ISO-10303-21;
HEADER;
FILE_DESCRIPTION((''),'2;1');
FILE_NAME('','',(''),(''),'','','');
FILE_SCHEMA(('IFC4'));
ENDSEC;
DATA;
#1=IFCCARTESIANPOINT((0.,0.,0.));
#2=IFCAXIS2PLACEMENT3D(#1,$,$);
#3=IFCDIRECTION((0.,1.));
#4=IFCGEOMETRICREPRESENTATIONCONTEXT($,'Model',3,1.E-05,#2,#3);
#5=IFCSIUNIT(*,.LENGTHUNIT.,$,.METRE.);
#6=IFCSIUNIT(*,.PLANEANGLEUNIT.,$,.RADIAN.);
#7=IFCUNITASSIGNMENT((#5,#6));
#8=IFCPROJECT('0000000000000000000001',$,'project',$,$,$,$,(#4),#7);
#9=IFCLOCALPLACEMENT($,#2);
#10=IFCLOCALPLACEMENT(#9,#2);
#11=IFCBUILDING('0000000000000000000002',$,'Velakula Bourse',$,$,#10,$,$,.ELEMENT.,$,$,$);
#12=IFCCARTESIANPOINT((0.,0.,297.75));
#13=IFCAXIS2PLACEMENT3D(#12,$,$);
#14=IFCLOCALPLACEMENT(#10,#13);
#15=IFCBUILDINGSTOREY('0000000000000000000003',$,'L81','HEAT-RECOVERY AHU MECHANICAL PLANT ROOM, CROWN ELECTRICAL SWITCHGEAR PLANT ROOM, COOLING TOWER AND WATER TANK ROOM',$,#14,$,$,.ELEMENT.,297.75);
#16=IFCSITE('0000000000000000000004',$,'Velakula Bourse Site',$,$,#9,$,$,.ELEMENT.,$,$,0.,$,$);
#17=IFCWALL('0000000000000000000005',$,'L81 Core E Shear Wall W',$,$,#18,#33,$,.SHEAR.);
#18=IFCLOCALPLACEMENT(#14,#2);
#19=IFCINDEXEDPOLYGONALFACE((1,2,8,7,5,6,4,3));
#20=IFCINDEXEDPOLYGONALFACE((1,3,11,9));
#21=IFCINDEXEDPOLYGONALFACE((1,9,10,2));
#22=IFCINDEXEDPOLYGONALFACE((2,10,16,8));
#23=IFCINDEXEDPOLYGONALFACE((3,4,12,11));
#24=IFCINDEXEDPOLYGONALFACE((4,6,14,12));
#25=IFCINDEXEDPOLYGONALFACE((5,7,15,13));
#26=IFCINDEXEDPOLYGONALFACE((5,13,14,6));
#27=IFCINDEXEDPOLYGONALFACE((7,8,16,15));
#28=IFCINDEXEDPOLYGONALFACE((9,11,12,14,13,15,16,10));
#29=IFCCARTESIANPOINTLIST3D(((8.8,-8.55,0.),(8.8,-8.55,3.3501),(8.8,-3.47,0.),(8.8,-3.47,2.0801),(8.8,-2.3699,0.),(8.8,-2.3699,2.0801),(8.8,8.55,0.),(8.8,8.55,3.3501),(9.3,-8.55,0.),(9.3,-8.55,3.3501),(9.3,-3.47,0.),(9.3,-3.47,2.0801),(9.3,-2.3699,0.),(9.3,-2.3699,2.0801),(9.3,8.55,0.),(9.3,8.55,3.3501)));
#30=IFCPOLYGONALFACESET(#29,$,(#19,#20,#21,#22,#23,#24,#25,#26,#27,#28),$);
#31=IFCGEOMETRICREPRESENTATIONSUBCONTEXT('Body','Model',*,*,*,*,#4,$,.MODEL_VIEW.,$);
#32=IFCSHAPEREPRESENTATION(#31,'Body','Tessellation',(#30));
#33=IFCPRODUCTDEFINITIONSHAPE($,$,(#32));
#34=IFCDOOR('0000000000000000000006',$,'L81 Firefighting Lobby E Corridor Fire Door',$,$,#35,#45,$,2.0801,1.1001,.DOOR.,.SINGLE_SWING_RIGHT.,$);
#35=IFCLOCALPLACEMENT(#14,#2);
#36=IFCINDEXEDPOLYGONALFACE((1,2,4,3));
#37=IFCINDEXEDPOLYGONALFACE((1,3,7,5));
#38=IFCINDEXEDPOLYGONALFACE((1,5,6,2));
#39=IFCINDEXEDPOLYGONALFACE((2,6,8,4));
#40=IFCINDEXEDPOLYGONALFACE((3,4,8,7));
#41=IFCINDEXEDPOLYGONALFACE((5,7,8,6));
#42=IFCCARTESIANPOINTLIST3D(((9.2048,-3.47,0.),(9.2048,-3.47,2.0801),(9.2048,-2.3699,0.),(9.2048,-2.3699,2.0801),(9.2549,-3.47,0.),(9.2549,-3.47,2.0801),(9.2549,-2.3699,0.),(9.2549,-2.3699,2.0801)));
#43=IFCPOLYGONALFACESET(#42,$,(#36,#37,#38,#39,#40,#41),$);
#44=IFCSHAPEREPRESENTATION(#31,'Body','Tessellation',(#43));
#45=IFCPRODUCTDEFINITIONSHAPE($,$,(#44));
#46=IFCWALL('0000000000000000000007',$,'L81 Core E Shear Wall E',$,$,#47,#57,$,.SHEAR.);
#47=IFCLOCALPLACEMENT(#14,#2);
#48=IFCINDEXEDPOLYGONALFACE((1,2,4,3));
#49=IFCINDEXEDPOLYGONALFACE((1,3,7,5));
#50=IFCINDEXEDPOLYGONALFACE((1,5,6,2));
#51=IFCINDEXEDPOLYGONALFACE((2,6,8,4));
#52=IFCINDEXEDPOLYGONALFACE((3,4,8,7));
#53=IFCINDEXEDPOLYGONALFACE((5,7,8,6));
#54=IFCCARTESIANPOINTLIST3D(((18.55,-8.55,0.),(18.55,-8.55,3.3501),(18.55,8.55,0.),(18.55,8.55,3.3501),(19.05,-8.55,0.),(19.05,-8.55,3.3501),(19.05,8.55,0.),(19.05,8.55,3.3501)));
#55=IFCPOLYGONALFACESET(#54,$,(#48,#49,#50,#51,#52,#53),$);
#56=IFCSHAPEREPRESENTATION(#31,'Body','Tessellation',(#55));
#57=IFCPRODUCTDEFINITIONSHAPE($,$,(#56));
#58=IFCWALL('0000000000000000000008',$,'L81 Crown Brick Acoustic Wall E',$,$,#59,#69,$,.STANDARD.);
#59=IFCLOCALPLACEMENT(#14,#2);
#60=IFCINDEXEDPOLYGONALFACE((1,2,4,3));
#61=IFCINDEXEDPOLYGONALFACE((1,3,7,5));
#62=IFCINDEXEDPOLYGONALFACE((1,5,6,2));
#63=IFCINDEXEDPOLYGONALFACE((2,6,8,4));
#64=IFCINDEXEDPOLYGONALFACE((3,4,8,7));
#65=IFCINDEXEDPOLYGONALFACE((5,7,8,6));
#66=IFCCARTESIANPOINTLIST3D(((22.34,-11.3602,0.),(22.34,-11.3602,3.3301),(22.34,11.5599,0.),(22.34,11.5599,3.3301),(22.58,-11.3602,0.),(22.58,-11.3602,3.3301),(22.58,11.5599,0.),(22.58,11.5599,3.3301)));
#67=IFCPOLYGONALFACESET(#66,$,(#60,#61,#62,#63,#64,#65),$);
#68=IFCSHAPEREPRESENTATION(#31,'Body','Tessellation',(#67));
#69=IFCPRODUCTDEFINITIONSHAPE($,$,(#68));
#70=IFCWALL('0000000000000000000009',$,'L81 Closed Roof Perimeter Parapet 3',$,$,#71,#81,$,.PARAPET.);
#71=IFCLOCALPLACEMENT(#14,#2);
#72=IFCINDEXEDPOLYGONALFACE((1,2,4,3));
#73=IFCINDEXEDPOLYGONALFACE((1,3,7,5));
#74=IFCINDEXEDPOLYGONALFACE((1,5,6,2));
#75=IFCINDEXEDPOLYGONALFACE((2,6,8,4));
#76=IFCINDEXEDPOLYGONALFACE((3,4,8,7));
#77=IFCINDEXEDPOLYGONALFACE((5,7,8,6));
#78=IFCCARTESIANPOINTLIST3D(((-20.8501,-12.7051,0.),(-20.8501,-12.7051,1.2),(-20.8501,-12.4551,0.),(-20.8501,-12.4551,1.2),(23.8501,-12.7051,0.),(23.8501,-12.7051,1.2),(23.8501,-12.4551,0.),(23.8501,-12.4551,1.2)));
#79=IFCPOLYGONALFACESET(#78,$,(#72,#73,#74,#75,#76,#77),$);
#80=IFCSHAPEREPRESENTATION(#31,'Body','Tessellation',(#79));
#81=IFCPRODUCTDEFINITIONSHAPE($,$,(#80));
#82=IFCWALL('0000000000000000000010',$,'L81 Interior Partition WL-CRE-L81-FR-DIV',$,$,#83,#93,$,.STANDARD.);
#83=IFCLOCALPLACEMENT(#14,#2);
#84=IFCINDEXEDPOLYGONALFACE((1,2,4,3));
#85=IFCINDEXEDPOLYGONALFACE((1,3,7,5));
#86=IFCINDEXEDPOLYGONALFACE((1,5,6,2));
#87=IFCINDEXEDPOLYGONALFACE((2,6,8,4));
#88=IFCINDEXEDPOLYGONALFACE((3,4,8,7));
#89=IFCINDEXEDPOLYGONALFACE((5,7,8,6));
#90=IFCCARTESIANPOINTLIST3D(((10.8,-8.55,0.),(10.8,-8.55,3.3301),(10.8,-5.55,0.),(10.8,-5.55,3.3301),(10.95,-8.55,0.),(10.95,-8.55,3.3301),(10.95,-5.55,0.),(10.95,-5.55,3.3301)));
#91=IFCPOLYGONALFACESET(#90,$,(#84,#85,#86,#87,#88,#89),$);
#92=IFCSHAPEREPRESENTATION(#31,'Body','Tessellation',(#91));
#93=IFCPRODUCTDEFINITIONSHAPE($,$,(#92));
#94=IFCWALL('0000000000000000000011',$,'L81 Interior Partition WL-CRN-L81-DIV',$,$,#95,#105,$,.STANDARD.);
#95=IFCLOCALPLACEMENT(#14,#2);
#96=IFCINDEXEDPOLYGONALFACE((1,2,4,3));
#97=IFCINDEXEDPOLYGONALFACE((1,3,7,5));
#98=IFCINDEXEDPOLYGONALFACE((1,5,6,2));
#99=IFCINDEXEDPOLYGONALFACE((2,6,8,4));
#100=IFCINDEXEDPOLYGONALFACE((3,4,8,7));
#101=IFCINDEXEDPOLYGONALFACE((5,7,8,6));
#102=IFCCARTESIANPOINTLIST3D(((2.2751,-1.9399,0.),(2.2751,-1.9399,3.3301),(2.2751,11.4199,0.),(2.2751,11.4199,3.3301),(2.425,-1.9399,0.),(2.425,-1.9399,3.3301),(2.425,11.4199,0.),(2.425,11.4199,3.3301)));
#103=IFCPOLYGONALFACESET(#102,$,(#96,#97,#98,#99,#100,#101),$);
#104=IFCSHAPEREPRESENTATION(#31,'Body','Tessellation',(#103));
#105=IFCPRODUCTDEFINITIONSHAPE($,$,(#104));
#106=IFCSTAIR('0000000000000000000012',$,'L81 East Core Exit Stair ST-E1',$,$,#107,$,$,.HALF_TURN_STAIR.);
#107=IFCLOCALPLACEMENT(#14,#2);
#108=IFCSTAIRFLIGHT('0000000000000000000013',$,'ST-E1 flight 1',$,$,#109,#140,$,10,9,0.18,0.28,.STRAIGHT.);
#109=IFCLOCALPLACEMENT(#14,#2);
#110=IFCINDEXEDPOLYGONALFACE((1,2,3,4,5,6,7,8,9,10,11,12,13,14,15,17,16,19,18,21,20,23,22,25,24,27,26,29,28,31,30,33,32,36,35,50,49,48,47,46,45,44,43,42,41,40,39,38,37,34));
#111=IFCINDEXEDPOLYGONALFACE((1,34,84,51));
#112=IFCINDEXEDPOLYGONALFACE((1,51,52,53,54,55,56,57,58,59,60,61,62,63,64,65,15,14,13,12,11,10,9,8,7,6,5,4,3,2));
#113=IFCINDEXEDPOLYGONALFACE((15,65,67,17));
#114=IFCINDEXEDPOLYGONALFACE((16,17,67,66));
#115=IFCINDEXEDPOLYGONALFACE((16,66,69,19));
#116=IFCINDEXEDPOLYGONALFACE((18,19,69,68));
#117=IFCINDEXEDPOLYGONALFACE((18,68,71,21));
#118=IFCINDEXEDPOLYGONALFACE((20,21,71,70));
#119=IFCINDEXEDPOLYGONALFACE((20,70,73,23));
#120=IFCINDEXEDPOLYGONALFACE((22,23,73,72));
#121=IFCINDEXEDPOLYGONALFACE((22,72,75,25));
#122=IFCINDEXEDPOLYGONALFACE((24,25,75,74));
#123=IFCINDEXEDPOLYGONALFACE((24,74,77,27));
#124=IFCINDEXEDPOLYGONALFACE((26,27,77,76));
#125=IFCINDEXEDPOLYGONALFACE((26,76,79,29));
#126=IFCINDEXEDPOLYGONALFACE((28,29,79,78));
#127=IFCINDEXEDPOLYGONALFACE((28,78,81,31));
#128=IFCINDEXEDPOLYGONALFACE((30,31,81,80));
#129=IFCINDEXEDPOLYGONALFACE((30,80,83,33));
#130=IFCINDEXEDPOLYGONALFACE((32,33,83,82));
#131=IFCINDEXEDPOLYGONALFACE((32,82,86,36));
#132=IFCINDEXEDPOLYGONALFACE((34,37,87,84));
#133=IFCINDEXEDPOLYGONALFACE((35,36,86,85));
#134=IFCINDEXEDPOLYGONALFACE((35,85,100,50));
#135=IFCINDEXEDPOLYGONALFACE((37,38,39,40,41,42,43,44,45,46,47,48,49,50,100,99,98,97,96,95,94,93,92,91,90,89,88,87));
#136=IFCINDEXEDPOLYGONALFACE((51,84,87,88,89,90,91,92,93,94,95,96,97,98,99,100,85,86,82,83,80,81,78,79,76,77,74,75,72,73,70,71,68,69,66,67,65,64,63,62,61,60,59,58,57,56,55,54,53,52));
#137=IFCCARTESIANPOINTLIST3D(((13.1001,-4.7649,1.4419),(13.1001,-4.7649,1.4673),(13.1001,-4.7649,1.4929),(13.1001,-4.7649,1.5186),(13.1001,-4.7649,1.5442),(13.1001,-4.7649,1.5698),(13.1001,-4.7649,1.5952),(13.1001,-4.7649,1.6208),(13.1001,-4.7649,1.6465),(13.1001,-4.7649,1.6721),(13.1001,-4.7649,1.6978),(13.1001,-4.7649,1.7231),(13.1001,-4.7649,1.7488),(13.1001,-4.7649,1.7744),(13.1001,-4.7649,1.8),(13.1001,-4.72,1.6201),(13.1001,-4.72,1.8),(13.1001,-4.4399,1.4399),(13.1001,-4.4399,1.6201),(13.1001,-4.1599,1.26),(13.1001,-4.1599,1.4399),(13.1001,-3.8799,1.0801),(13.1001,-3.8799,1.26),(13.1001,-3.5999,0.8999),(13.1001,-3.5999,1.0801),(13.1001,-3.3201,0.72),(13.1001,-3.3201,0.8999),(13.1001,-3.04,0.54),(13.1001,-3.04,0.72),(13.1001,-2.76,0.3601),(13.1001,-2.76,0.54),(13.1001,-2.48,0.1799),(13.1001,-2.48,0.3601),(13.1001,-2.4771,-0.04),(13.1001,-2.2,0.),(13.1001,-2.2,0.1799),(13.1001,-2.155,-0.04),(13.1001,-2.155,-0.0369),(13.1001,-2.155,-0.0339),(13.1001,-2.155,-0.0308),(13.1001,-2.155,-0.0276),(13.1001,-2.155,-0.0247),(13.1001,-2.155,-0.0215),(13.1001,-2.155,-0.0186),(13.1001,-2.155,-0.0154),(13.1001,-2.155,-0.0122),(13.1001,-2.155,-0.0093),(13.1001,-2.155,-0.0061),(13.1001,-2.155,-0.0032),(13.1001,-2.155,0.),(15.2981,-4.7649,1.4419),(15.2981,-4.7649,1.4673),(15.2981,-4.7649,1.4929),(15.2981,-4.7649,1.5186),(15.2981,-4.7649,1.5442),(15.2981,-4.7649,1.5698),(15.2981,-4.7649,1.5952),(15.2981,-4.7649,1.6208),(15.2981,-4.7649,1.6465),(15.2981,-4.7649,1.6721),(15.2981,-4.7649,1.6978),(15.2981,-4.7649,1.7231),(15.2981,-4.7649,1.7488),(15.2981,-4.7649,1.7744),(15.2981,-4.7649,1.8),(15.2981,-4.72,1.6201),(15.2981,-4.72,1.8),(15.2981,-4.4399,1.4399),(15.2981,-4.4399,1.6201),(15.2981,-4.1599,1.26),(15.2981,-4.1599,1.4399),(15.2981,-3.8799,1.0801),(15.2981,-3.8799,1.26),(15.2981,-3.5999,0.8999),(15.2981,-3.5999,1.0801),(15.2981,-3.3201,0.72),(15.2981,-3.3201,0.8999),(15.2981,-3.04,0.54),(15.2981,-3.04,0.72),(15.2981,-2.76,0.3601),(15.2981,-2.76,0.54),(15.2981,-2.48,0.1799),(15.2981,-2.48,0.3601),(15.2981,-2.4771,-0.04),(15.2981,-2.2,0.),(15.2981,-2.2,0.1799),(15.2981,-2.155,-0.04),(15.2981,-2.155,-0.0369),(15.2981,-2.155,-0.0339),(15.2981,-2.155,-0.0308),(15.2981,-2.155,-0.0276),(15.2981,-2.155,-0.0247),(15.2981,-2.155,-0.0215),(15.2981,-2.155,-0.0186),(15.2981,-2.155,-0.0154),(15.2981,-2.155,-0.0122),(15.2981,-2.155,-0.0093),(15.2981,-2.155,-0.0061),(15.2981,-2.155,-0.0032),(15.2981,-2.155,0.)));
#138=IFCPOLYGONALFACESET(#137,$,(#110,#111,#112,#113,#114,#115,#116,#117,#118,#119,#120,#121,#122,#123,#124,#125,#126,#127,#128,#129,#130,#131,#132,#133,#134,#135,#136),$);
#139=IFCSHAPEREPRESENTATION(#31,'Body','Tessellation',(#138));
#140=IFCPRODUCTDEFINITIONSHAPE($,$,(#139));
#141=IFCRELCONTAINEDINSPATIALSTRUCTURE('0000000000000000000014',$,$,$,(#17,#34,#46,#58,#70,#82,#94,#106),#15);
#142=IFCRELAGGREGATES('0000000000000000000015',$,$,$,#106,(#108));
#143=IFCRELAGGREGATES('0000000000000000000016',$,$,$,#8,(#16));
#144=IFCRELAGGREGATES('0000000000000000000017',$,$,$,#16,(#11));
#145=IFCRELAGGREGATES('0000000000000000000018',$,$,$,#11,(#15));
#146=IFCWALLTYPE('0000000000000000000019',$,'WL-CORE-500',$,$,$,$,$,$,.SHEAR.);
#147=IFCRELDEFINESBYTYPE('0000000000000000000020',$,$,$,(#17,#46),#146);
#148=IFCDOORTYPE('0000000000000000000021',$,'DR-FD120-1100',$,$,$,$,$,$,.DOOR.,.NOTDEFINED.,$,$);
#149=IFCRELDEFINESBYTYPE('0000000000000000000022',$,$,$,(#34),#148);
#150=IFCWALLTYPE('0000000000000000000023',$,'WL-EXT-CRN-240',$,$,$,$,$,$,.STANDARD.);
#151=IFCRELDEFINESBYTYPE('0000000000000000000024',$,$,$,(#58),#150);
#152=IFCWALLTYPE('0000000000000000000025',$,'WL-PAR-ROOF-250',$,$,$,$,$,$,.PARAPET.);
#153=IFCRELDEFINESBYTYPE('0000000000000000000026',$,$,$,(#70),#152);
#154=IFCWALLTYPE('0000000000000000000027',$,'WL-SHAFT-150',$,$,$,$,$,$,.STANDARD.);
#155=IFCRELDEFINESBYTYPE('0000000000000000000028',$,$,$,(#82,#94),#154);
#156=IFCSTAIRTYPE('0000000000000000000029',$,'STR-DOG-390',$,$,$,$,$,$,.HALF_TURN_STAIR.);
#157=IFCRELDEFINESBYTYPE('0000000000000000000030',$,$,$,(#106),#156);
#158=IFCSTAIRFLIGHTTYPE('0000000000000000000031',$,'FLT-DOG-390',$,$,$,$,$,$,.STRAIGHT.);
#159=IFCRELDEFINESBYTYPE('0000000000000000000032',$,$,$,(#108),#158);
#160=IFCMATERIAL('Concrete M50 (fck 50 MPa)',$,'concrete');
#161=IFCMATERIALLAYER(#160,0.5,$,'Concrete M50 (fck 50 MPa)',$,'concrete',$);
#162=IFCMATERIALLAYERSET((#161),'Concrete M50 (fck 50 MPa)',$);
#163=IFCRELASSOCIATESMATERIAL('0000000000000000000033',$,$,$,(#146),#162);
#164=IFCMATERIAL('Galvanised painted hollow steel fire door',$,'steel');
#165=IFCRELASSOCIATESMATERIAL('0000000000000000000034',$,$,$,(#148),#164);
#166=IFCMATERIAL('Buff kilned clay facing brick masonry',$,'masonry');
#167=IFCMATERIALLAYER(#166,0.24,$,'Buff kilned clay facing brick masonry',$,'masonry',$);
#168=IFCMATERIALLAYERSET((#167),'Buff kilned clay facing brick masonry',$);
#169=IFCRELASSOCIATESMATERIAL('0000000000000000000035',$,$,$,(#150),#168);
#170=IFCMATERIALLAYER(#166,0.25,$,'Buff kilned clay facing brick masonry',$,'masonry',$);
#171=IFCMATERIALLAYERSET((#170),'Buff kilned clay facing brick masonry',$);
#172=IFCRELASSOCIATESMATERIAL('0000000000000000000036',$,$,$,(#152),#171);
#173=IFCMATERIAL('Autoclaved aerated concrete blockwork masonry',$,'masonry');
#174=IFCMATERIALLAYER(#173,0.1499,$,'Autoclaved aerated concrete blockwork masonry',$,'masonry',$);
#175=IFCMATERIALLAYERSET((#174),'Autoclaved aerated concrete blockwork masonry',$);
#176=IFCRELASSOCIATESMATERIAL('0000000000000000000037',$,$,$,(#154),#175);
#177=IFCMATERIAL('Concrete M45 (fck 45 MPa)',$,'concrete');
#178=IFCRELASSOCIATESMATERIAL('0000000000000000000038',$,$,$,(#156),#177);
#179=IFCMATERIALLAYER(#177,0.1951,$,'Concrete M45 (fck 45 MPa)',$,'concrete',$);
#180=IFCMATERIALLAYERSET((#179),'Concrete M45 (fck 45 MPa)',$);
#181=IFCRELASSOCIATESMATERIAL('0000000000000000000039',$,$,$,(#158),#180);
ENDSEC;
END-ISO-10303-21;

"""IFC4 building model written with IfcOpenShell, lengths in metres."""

from ifc_helpers import new_model, si_unit, direction, frame, frame_2d, origin, place, context, subcontext, project, spatial, polyline, rectangle, outline, extrude, material, layer, layer_set, type_object, element, fill, aggregate, save


model = new_model("IFC4")

# Units and contexts
model_context = context("Model", 3, precision=1e-05, world=origin(), true_north=direction((0.0, 1.0)))
body_context = subcontext(model_context, "Body", "Model", "MODEL_VIEW")
ifc_project = project(units=[si_unit("LENGTHUNIT", "METRE"), si_unit("PLANEANGLEUNIT", "RADIAN")], contexts=[model_context])

# Site, building, storey
site_placement = place(None, origin())
site = spatial("IfcSite", under=ifc_project, at=site_placement, Name="Velakula Bourse Site", CompositionType="ELEMENT", RefElevation=0.0)
building_placement = place(site_placement, origin())
building = spatial("IfcBuilding", under=site, at=building_placement, Name="Velakula Bourse", CompositionType="ELEMENT")
storey_placement = place(building_placement, frame((0.0, 0.0, 297.75)))
storey = spatial("IfcBuildingStorey", under=building, at=storey_placement, Name="L81", Description="HEAT-RECOVERY AHU MECHANICAL PLANT ROOM, CROWN ELECTRICAL SWITCHGEAR PLANT ROOM, COOLING TOWER AND WATER TANK ROOM", CompositionType="ELEMENT", Elevation=297.75)

# Shared definitions
ifc_material_1 = material(Name="Concrete M50 (fck 50 MPa)", Category="concrete")

# Shared definitions
ifc_material_2 = material(Name="Galvanised painted hollow steel fire door", Category="steel")

# Shared definitions
ifc_layer_1 = layer(ifc_material_1, 0.5, Name="Concrete M50 (fck 50 MPa)", Category="concrete")
ifc_layer_set_1 = layer_set([ifc_layer_1], Name="Concrete M50 (fck 50 MPa)")
wall_type_1 = type_object("IfcWallType", Name="WL-CORE-500", PredefinedType="SHEAR", material=ifc_layer_set_1)

# Wall, opening, door
wall_1_placement = place(storey_placement, frame((9.05, -8.55, 0.0), z_axis=(0.0, 0.0, 1.0), x_axis=(0.0, 1.0, 0.0)))
wall_1 = element("IfcWall", 1, at=wall_1_placement, inside=storey, type_object=wall_type_1, Name="L81 Core E Shear Wall W", PredefinedType="SHEAR", context=body_context, shape_type="SweptSolid", body=[
    extrude(rectangle(XDim=17.1001, YDim=0.5, at=frame_2d((8.55, 0.0))), origin(), (0.0, 0.0, 1.0), 3.3501),
])
opening_1_placement = place(wall_1_placement, frame((5.0801, 0.0, 0.0)))
opening_1 = element("IfcOpeningElement", 2, at=opening_1_placement, cuts=wall_1, PredefinedType="OPENING", context=body_context, shape_type="SweptSolid", body=[
    extrude(rectangle(XDim=1.1001, YDim=2.0801, at=frame_2d((0.55, 1.04))), frame((0.0, 0.26, 0.0), z_axis=(0.0, -1.0, 0.0), x_axis=(1.0, 0.0, 0.0)), (0.0, 0.0, 1.0), 0.52),
])
door_type_1 = type_object("IfcDoorType", Name="DR-FD120-1100", OperationType="NOTDEFINED", PredefinedType="DOOR", material=ifc_material_2)
door_1_placement = place(opening_1_placement, origin())
door_1 = element("IfcDoor", 3, at=door_1_placement, inside=storey, type_object=door_type_1, Name="L81 Firefighting Lobby E Corridor Fire Door", OperationType="SINGLE_SWING_RIGHT", OverallHeight=2.0801, OverallWidth=1.1001, PredefinedType="DOOR", context=body_context, shape_type="SweptSolid", body=[
    extrude(rectangle(XDim=1.1001, YDim=2.0801, at=frame_2d((0.55, 1.04))), frame((0.0, -0.1548, 0.0), z_axis=(0.0, -1.0, 0.0), x_axis=(1.0, 0.0, 0.0)), (0.0, 0.0, 1.0), 0.05),
])
fill(opening_1, door_1)

# Walls
wall_2_placement = place(storey_placement, frame((18.8, -8.55, 0.0), z_axis=(0.0, 0.0, 1.0), x_axis=(0.0, 1.0, 0.0)))
element("IfcWall", 4, at=wall_2_placement, inside=storey, type_object=wall_type_1, Name="L81 Core E Shear Wall E", PredefinedType="SHEAR", context=body_context, shape_type="SweptSolid", body=[
    extrude(rectangle(XDim=17.1001, YDim=0.5, at=frame_2d((8.55, 0.0))), origin(), (0.0, 0.0, 1.0), 3.3501),
])
ifc_material_3 = material(Name="Buff kilned clay facing brick masonry", Category="masonry")
ifc_layer_2 = layer(ifc_material_3, 0.24, Name="Buff kilned clay facing brick masonry", Category="masonry")
ifc_layer_set_2 = layer_set([ifc_layer_2], Name="Buff kilned clay facing brick masonry")
wall_type_2 = type_object("IfcWallType", Name="WL-EXT-CRN-240", PredefinedType="STANDARD", material=ifc_layer_set_2)
wall_3_placement = place(storey_placement, frame((22.46, -11.3601, 0.0), z_axis=(0.0, 0.0, 1.0), x_axis=(0.0, 1.0, 0.0)))
element("IfcWall", 5, at=wall_3_placement, inside=storey, type_object=wall_type_2, Name="L81 Crown Brick Acoustic Wall E", PredefinedType="STANDARD", context=body_context, shape_type="SweptSolid", body=[
    extrude(rectangle(XDim=22.9202, YDim=0.24, at=frame_2d((11.46, 0.0))), origin(), (0.0, 0.0, 1.0), 3.3301),
])
ifc_layer_3 = layer(ifc_material_3, 0.25, Name="Buff kilned clay facing brick masonry", Category="masonry")
ifc_layer_set_3 = layer_set([ifc_layer_3], Name="Buff kilned clay facing brick masonry")
wall_type_3 = type_object("IfcWallType", Name="WL-PAR-ROOF-250", PredefinedType="PARAPET", material=ifc_layer_set_3)
wall_4_placement = place(storey_placement, frame((23.8501, -12.5801, 0.0), z_axis=(0.0, 0.0, 1.0), x_axis=(-1.0, 0.0, 0.0)))
element("IfcWall", 6, at=wall_4_placement, inside=storey, type_object=wall_type_3, Name="L81 Closed Roof Perimeter Parapet 3", PredefinedType="PARAPET", context=body_context, shape_type="SweptSolid", body=[
    extrude(rectangle(XDim=44.7002, YDim=0.25, at=frame_2d((22.3501, 0.0))), origin(), (0.0, 0.0, 1.0), 1.2),
])

# Shared definitions
ifc_material_4 = material(Name="Autoclaved aerated concrete blockwork masonry", Category="masonry")
ifc_layer_4 = layer(ifc_material_4, 0.1499, Name="Autoclaved aerated concrete blockwork masonry", Category="masonry")
ifc_layer_set_4 = layer_set([ifc_layer_4], Name="Autoclaved aerated concrete blockwork masonry")
wall_type_4 = type_object("IfcWallType", Name="WL-SHAFT-150", PredefinedType="STANDARD", material=ifc_layer_set_4)

# Walls
wall_5_placement = place(storey_placement, frame((10.875, -8.55, 0.0), z_axis=(0.0, 0.0, 1.0), x_axis=(0.0, 1.0, 0.0)))
element("IfcWall", 7, at=wall_5_placement, inside=storey, type_object=wall_type_4, Name="L81 Interior Partition WL-CRE-L81-FR-DIV", PredefinedType="STANDARD", context=body_context, shape_type="SweptSolid", body=[
    extrude(rectangle(XDim=3.0, YDim=0.1499, at=frame_2d((1.5, 0.0))), origin(), (0.0, 0.0, 1.0), 3.3301),
])
wall_6_placement = place(storey_placement, frame((2.3501, -1.9399, 0.0), z_axis=(0.0, 0.0, 1.0), x_axis=(0.0, 1.0, 0.0)))
element("IfcWall", 8, at=wall_6_placement, inside=storey, type_object=wall_type_4, Name="L81 Interior Partition WL-CRN-L81-DIV", PredefinedType="STANDARD", context=body_context, shape_type="SweptSolid", body=[
    extrude(rectangle(XDim=13.3599, YDim=0.1499, at=frame_2d((6.6799, 0.0))), origin(), (0.0, 0.0, 1.0), 3.3301),
])

# Stair, stair flight
ifc_material_5 = material(Name="Concrete M45 (fck 45 MPa)", Category="concrete")
stair_type = type_object("IfcStairType", Name="STR-DOG-390", PredefinedType="HALF_TURN_STAIR", material=ifc_material_5)
stair_placement = place(storey_placement, origin())
stair = element("IfcStair", 9, at=stair_placement, inside=storey, type_object=stair_type, Name="L81 East Core Exit Stair ST-E1", PredefinedType="HALF_TURN_STAIR")
ifc_layer_5 = layer(ifc_material_5, 0.1951, Name="Concrete M45 (fck 45 MPa)", Category="concrete")
ifc_layer_set_5 = layer_set([ifc_layer_5], Name="Concrete M45 (fck 45 MPa)")
stair_flight_type = type_object("IfcStairFlightType", Name="FLT-DOG-390", PredefinedType="STRAIGHT", material=ifc_layer_set_5)
stair_flight_1_placement = place(storey_placement, frame((14.199, -2.2, 0.0), z_axis=(0.0, 0.0, 1.0), x_axis=(0.0, -1.0, 0.0)))
stair_flight_1 = element("IfcStairFlight", 10, at=stair_flight_1_placement, type_object=stair_flight_type, Name="ST-E1 flight 1", NumberOfRisers=10, NumberOfTreads=9, PredefinedType="STRAIGHT", RiserHeight=0.18, TreadLength=0.28, context=body_context, shape_type="SweptSolid", body=[
    extrude(outline(polyline([(-0.0449, -0.04), (-0.0449, -0.0369), (-0.0449, -0.0339), (-0.0449, -0.0308), (-0.0449, -0.0276), (-0.0449, -0.0247), (-0.0449, -0.0215), (-0.0449, -0.0186), (-0.0449, -0.0154), (-0.0449, -0.0122), (-0.0449, -0.0093), (-0.0449, -0.0061), (-0.0449, -0.0032), (-0.0449, 0.0), (0.0, 0.0), (0.0, 0.1799), (0.28, 0.1799), (0.28, 0.3601), (0.5601, 0.3601), (0.5601, 0.54), (0.8401, 0.54), (0.8401, 0.72), (1.1201, 0.72), (1.1201, 0.8999), (1.3999, 0.8999), (1.3999, 1.0801), (1.6799, 1.0801), (1.6799, 1.26), (1.96, 1.26), (1.96, 1.4399), (2.24, 1.4399), (2.24, 1.6201), (2.52, 1.6201), (2.52, 1.8), (2.5649, 1.8), (2.5649, 1.7744), (2.5649, 1.7488), (2.5649, 1.7231), (2.5649, 1.6978), (2.5649, 1.6721), (2.5649, 1.6465), (2.5649, 1.6208), (2.5649, 1.5952), (2.5649, 1.5698), (2.5649, 1.5442), (2.5649, 1.5186), (2.5649, 1.4929), (2.5649, 1.4673), (2.5649, 1.4419), (0.2771, -0.04), (-0.0449, -0.04)])), frame((0.0, 1.0991, 0.0), z_axis=(0.0, -1.0, 0.0), x_axis=(1.0, 0.0, 0.0)), (0.0, 0.0, 1.0), 2.198),
])
aggregate(stair, [stair_flight_1])

save(model, "model.ifc")
